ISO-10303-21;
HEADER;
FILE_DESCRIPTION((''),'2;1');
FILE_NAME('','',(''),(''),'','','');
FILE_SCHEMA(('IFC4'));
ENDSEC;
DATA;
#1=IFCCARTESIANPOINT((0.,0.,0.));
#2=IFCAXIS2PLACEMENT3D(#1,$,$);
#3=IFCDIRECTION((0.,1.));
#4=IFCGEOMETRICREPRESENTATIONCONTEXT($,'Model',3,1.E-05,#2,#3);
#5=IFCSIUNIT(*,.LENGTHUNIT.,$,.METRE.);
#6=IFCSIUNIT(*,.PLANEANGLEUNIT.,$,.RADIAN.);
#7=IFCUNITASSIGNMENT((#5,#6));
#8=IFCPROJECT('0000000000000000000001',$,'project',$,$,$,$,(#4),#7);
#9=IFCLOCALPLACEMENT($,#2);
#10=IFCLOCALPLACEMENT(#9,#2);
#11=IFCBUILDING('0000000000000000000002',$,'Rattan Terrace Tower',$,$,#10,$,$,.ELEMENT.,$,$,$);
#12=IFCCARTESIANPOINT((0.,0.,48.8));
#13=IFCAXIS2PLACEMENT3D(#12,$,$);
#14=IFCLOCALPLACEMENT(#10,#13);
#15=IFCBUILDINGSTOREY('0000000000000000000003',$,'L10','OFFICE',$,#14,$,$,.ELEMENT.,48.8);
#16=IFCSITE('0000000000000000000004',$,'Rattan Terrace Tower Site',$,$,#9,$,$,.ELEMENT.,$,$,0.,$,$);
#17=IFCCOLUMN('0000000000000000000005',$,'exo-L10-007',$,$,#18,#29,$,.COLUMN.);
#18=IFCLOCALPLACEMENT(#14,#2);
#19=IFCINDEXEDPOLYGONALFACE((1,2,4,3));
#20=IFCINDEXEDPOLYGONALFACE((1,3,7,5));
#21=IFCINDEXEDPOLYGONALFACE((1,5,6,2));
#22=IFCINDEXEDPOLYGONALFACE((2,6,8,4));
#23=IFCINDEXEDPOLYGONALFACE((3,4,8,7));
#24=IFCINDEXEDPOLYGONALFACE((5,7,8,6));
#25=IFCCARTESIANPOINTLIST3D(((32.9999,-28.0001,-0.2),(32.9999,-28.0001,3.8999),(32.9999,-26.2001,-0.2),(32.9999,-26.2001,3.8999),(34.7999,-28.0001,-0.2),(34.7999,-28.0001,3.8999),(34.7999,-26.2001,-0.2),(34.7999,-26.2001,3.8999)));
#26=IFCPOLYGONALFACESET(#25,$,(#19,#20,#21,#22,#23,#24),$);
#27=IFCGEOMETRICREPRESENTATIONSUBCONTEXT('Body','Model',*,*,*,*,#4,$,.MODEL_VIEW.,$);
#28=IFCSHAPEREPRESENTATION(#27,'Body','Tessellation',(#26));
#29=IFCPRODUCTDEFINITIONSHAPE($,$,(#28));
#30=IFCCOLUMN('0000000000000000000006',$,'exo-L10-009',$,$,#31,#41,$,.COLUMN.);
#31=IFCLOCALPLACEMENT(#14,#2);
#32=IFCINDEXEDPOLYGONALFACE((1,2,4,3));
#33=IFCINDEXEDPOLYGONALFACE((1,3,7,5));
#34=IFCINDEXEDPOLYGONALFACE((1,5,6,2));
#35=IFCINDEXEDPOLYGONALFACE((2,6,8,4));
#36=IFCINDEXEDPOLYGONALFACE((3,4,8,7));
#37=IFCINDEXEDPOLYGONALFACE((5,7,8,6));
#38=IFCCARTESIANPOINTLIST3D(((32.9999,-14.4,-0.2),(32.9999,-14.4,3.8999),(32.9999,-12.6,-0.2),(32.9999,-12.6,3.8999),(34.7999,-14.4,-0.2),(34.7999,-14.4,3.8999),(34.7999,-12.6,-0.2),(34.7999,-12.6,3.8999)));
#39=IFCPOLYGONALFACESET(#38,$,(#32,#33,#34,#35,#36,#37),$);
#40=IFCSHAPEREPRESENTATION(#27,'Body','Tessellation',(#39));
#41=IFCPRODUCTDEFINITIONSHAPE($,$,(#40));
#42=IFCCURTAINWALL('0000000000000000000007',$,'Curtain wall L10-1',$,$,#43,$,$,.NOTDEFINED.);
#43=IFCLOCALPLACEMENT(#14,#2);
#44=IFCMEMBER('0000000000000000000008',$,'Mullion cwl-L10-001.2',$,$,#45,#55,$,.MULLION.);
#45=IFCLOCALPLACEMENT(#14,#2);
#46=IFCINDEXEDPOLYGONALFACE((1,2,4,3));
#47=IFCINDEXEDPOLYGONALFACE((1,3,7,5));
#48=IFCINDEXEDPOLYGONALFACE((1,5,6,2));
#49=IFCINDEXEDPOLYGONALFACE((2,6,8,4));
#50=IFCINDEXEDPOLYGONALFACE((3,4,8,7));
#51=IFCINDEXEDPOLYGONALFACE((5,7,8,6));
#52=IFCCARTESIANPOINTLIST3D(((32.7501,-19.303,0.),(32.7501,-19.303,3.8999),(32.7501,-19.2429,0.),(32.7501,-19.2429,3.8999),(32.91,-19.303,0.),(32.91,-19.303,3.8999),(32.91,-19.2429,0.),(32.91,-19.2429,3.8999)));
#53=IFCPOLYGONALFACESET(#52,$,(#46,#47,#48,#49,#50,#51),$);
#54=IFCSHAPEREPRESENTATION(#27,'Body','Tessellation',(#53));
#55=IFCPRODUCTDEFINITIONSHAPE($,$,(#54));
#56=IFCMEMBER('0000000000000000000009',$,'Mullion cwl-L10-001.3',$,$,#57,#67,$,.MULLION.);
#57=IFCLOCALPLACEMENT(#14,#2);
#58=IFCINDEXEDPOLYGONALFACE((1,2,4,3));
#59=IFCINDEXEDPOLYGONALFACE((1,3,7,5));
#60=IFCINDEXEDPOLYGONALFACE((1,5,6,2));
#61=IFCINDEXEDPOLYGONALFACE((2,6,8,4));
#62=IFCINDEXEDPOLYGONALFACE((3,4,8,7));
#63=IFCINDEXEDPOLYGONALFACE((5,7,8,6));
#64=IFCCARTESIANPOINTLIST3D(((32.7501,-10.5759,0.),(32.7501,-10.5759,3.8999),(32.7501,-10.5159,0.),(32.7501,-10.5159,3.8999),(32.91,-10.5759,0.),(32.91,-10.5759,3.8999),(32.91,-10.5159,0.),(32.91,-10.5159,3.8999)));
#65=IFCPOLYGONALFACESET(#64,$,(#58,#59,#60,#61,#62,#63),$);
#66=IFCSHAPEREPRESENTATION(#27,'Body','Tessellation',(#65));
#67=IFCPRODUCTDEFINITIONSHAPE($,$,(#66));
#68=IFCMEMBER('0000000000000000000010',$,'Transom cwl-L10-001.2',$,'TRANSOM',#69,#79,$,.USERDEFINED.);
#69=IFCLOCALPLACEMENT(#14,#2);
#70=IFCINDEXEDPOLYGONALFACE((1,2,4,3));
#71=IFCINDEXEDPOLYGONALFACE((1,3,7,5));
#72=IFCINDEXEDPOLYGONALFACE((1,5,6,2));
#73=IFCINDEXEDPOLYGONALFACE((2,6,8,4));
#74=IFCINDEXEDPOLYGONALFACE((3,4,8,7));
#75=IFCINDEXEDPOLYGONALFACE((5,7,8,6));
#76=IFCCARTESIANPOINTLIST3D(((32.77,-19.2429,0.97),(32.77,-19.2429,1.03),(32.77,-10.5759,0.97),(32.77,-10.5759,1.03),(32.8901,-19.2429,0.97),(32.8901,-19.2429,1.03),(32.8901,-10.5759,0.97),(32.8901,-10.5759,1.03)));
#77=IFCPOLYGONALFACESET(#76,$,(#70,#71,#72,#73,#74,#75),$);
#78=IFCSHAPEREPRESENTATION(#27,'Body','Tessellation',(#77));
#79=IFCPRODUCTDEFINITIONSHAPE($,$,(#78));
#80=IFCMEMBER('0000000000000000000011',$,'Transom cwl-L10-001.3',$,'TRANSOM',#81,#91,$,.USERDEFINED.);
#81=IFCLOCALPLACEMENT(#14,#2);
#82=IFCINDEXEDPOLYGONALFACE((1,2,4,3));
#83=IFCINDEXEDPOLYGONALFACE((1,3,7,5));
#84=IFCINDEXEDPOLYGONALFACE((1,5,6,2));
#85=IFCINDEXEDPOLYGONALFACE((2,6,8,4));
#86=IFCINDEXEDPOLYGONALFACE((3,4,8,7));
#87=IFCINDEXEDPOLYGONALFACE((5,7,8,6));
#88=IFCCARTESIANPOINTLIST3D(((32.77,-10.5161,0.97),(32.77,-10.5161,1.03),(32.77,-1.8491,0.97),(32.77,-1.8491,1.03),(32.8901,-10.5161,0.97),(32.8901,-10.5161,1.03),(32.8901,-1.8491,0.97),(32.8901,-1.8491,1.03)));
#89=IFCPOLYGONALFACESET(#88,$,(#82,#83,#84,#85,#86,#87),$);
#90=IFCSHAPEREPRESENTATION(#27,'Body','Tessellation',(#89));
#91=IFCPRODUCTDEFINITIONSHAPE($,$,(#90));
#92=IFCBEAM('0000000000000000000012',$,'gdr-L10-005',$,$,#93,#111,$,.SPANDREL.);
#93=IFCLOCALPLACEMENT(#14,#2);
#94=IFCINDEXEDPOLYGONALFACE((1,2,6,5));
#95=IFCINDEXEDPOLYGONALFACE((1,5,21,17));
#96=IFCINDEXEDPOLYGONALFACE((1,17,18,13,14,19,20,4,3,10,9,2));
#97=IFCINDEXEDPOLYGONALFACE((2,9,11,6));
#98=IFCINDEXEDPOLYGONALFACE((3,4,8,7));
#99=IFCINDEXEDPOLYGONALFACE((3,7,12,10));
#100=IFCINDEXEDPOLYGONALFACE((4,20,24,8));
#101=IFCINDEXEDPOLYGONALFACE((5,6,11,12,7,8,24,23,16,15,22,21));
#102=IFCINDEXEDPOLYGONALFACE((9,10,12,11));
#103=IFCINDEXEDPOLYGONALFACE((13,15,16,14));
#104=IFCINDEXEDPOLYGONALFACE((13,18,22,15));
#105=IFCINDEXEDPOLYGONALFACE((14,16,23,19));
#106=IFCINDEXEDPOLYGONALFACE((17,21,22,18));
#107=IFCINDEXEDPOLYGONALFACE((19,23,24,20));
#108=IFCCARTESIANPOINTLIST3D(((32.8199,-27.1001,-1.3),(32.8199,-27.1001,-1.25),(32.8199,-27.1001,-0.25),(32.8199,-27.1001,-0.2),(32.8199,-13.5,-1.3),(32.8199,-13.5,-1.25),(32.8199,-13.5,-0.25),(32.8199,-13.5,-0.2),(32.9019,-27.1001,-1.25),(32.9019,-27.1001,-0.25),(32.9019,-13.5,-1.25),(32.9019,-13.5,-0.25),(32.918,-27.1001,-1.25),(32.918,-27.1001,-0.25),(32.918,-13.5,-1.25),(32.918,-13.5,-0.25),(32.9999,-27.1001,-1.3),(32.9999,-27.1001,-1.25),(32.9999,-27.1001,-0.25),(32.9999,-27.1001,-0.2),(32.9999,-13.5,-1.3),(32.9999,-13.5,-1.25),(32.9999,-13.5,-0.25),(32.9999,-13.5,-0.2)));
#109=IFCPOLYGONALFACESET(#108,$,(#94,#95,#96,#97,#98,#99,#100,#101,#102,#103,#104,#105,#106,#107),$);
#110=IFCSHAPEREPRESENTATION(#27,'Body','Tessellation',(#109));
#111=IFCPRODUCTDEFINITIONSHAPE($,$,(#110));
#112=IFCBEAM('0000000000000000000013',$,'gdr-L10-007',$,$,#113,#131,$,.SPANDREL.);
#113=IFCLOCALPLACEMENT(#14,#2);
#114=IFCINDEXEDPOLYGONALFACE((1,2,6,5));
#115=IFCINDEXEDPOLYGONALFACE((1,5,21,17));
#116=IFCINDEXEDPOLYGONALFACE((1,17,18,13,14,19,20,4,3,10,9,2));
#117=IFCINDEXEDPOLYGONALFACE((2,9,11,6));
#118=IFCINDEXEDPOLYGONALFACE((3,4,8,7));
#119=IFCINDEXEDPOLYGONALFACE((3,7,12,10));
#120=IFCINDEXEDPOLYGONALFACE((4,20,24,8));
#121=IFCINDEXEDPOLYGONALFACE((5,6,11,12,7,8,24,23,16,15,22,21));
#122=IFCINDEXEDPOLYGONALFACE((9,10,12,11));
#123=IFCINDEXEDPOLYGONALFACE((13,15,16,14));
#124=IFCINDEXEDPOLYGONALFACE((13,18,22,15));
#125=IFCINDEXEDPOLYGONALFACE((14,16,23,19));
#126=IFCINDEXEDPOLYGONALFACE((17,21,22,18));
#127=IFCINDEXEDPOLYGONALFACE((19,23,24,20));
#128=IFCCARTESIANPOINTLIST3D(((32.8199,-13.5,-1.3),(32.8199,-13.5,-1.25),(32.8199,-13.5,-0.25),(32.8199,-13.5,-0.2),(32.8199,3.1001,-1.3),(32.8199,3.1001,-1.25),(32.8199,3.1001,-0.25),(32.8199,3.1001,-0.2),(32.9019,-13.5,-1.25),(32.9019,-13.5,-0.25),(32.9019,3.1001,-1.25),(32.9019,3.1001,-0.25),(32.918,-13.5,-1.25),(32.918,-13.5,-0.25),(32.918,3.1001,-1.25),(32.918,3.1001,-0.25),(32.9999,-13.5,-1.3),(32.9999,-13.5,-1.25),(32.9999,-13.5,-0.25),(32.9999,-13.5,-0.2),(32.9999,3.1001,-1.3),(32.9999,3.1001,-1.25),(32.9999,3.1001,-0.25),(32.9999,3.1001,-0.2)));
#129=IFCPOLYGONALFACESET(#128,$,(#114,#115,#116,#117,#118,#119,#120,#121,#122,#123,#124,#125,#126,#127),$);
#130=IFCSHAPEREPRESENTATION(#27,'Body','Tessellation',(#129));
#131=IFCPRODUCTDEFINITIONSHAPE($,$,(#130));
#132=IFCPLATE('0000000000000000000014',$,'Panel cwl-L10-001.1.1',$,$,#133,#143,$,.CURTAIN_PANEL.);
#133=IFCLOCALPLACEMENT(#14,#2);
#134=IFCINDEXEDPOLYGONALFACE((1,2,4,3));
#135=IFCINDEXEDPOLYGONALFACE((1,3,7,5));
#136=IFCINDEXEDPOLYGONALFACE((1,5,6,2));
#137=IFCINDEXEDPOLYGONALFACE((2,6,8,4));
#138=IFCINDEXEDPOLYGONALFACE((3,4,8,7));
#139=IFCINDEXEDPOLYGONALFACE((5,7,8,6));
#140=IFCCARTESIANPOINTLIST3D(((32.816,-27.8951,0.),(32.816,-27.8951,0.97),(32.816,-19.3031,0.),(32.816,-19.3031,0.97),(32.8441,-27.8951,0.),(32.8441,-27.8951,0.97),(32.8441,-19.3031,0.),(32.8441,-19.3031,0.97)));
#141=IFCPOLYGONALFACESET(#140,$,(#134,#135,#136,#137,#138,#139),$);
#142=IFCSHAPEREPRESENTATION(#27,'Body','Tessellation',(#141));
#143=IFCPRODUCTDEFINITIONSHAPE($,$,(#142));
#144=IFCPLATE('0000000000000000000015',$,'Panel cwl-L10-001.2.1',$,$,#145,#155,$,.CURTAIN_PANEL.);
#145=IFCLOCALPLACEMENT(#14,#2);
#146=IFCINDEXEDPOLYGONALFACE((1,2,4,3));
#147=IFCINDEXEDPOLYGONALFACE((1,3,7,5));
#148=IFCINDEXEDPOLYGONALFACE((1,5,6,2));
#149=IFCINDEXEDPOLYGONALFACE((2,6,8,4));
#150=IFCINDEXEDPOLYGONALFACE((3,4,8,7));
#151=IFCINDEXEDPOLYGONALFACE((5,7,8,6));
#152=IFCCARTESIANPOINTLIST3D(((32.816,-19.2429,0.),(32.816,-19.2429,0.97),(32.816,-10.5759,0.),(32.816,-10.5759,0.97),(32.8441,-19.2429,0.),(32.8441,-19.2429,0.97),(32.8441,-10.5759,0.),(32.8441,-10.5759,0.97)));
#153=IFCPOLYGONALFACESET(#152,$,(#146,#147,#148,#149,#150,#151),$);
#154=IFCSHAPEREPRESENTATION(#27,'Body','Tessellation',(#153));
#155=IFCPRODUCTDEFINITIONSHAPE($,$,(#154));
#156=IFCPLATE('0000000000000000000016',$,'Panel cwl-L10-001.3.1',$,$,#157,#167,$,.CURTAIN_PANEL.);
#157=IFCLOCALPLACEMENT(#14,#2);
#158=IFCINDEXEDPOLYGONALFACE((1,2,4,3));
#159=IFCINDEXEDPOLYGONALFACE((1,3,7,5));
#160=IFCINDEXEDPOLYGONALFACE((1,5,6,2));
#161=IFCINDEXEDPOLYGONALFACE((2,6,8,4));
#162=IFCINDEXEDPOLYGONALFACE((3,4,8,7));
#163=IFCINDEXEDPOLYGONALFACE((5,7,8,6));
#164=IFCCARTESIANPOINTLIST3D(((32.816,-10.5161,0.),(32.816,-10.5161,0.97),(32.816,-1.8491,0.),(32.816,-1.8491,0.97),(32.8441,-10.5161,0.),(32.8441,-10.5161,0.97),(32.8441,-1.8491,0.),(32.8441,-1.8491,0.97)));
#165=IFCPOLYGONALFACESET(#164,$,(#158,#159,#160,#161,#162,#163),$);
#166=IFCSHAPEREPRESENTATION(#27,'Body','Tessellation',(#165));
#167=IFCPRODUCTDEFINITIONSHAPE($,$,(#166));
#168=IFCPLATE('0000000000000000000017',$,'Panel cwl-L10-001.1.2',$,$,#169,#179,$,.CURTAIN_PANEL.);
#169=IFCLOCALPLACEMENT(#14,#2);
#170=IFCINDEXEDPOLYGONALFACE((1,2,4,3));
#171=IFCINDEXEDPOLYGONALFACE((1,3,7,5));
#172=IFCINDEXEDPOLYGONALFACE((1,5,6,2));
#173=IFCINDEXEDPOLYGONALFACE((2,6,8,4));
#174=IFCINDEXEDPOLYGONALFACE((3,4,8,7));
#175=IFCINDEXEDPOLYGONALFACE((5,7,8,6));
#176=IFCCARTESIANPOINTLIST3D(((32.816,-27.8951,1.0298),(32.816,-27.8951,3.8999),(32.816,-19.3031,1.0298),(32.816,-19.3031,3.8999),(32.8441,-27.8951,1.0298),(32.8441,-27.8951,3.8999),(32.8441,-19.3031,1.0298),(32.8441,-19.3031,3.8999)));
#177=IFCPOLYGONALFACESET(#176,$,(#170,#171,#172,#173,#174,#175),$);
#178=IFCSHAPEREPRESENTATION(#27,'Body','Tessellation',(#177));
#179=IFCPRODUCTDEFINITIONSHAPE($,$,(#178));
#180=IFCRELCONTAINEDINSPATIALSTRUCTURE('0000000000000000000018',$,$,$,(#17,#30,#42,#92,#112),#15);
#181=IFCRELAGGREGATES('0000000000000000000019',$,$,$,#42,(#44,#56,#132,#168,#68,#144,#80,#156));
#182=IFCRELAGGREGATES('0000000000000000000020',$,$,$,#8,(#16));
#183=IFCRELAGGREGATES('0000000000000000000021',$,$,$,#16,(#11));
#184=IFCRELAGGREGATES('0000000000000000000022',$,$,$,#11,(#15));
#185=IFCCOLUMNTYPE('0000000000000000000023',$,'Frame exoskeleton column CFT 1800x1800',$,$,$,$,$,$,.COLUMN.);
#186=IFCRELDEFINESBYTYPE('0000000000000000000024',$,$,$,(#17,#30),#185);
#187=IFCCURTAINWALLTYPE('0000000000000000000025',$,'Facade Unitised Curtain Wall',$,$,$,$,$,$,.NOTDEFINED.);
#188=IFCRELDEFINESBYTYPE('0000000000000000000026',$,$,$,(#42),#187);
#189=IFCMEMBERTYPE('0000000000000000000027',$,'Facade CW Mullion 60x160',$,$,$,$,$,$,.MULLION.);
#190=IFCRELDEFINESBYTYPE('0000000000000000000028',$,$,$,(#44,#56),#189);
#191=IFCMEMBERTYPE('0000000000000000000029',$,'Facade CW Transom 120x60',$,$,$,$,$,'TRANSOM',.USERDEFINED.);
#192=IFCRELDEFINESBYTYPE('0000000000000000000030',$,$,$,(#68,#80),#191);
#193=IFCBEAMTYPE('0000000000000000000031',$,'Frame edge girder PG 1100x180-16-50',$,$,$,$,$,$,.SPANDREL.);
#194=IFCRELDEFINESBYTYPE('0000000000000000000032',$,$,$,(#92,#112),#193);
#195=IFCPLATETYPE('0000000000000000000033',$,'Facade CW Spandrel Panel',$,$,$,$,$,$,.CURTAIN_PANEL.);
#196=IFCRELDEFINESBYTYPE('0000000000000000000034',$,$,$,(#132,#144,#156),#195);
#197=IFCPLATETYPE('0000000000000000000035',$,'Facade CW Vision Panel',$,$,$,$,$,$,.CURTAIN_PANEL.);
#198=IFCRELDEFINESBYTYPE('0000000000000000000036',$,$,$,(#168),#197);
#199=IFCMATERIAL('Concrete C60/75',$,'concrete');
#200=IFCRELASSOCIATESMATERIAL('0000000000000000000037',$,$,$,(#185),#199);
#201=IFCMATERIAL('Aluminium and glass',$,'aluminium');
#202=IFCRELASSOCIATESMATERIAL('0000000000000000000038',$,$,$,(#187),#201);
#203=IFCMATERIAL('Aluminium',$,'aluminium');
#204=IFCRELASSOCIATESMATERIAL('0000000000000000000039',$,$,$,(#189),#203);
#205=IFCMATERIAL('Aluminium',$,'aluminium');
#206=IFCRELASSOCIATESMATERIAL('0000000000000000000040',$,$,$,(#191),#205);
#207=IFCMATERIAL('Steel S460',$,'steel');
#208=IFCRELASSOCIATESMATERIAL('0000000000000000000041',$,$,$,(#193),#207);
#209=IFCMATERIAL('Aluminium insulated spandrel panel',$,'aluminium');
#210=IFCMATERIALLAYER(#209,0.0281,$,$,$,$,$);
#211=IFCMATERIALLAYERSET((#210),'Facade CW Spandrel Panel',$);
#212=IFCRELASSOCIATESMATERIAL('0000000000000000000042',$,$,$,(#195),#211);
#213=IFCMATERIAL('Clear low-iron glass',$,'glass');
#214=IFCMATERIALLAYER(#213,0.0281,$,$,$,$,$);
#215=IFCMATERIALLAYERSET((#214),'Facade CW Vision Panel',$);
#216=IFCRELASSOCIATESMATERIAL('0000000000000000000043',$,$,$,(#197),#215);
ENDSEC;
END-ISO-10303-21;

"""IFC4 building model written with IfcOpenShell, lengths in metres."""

from ifc_helpers import new_model, si_unit, direction, frame, origin, origin_2d, place, context, subcontext, project, spatial, rectangle, i_section, extrude, material, layer, layer_set, material_profile, profile_set, type_object, element, aggregate, save


model = new_model("IFC4")

# Units and contexts
model_context = context("Model", 3, precision=1e-05, world=origin(), true_north=direction((0.0, 1.0)))
body_context = subcontext(model_context, "Body", "Model", "MODEL_VIEW")
ifc_project = project(units=[si_unit("LENGTHUNIT", "METRE"), si_unit("PLANEANGLEUNIT", "RADIAN")], contexts=[model_context])

# Site, building, storey
site_placement = place(None, origin())
site = spatial("IfcSite", under=ifc_project, at=site_placement, Name="Rattan Terrace Tower Site", CompositionType="ELEMENT", RefElevation=0.0)
building_placement = place(site_placement, origin())
building = spatial("IfcBuilding", under=site, at=building_placement, Name="Rattan Terrace Tower", CompositionType="ELEMENT")
storey_placement = place(building_placement, frame((0.0, 0.0, 48.8)))
storey = spatial("IfcBuildingStorey", under=building, at=storey_placement, Name="L10", Description="OFFICE", CompositionType="ELEMENT", Elevation=48.8)

# Columns
ifc_material_1 = material(Name="Concrete C60/75", Category="concrete")
ifc_material_profile_1 = material_profile(ifc_material_1, rectangle(XDim=1.8, YDim=1.8, at=origin_2d()), Name="CFT 1800x1800")
ifc_profile_set_1 = profile_set([ifc_material_profile_1], Name="Concrete C60/75")
column_type = type_object("IfcColumnType", Name="Frame exoskeleton column CFT 1800x1800", PredefinedType="COLUMN", material=ifc_profile_set_1)
for number, where, z_axis, x_axis, name in (
    (1, (33.8999, -27.1001, -0.2), (0.0, 0.0, 1.0), (0.0, 1.0, 0.0), "exo-L10-007"),
    (2, (33.8999, -13.5, -0.2), (0.0, 0.0, 1.0), (0.0, 1.0, 0.0), "exo-L10-009"),
):
    element("IfcColumn", number, at=place(storey_placement, frame(where, z_axis=z_axis, x_axis=x_axis)), inside=storey, type_object=column_type, Name=name, PredefinedType="COLUMN", context=body_context, shape_type="SweptSolid", body=[
        extrude(rectangle(XDim=1.8, YDim=1.8, at=origin_2d()), origin(), (0.0, 0.0, 1.0), 4.0999),
    ])

# Curtain wall, members
ifc_material_2 = material(Name="Aluminium and glass", Category="aluminium")
curtain_wall_type = type_object("IfcCurtainWallType", Name="Facade Unitised Curtain Wall", PredefinedType="NOTDEFINED", material=ifc_material_2)
curtain_wall_placement = place(storey_placement, origin())
curtain_wall = element("IfcCurtainWall", 3, at=curtain_wall_placement, inside=storey, type_object=curtain_wall_type, Name="Curtain wall L10-1", PredefinedType="NOTDEFINED")
ifc_material_3 = material(Name="Aluminium", Category="aluminium")
ifc_material_profile_2 = material_profile(ifc_material_3, rectangle(XDim=0.0601, YDim=0.1599, at=origin_2d()), Name="Aluminium 60x160")
ifc_profile_set_2 = profile_set([ifc_material_profile_2], Name="Aluminium")
member_type_1 = type_object("IfcMemberType", Name="Facade CW Mullion 60x160", PredefinedType="MULLION", material=ifc_profile_set_2)
member_1_placement = place(storey_placement, frame((32.8301, -19.2729, 0.0), z_axis=(0.0, 0.0, 1.0), x_axis=(0.0, 1.0, 0.0)))
member_1 = element("IfcMember", 4, at=member_1_placement, type_object=member_type_1, Name="Mullion cwl-L10-001.2", PredefinedType="MULLION", context=body_context, shape_type="SweptSolid", body=[
    extrude(rectangle(XDim=0.0601, YDim=0.1599, at=origin_2d()), origin(), (0.0, 0.0, 1.0), 3.8999),
])
member_2_placement = place(storey_placement, frame((32.8301, -10.5459, 0.0), z_axis=(0.0, 0.0, 1.0), x_axis=(0.0, 1.0, 0.0)))
member_2 = element("IfcMember", 5, at=member_2_placement, type_object=member_type_1, Name="Mullion cwl-L10-001.3", PredefinedType="MULLION", context=body_context, shape_type="SweptSolid", body=[
    extrude(rectangle(XDim=0.0601, YDim=0.1599, at=origin_2d()), origin(), (0.0, 0.0, 1.0), 3.8999),
])
ifc_material_4 = material(Name="Aluminium", Category="aluminium")
ifc_material_profile_3 = material_profile(ifc_material_4, rectangle(XDim=0.1201, YDim=0.0601, at=origin_2d()), Name="Aluminium 120x60")
ifc_profile_set_3 = profile_set([ifc_material_profile_3], Name="Aluminium")
member_type_2 = type_object("IfcMemberType", Name="Facade CW Transom 120x60", ElementType="TRANSOM", PredefinedType="USERDEFINED", material=ifc_profile_set_3)
member_3_placement = place(storey_placement, frame((32.8301, -19.2429, 1.0), z_axis=(0.0, 1.0, 0.0), x_axis=(-1.0, 0.0, 0.0)))
member_3 = element("IfcMember", 6, at=member_3_placement, type_object=member_type_2, Name="Transom cwl-L10-001.2", ObjectType="TRANSOM", PredefinedType="USERDEFINED", context=body_context, shape_type="SweptSolid", body=[
    extrude(rectangle(XDim=0.1201, YDim=0.0601, at=origin_2d()), origin(), (0.0, 0.0, 1.0), 8.667),
])
member_4_placement = place(storey_placement, frame((32.8301, -10.5161, 1.0), z_axis=(0.0, 1.0, 0.0), x_axis=(-1.0, 0.0, 0.0)))
member_4 = element("IfcMember", 7, at=member_4_placement, type_object=member_type_2, Name="Transom cwl-L10-001.3", ObjectType="TRANSOM", PredefinedType="USERDEFINED", context=body_context, shape_type="SweptSolid", body=[
    extrude(rectangle(XDim=0.1201, YDim=0.0601, at=origin_2d()), origin(), (0.0, 0.0, 1.0), 8.667),
])

# Beams
ifc_material_5 = material(Name="Steel S460", Category="steel")
ifc_material_profile_4 = material_profile(ifc_material_5, i_section(OverallWidth=0.1799, OverallDepth=1.1001, WebThickness=0.0161, FlangeThickness=0.05, at=origin_2d()), Name="PG 1100x180-16-50")
ifc_profile_set_4 = profile_set([ifc_material_profile_4], Name="Steel S460")
beam_type = type_object("IfcBeamType", Name="Frame edge girder PG 1100x180-16-50", PredefinedType="SPANDREL", material=ifc_profile_set_4)
beam_1_placement = place(storey_placement, frame((32.9099, -27.1001, -0.75), z_axis=(0.0, 1.0, 0.0), x_axis=(-1.0, 0.0, 0.0)))
element("IfcBeam", 8, at=beam_1_placement, inside=storey, type_object=beam_type, Name="gdr-L10-005", PredefinedType="SPANDREL", context=body_context, shape_type="SweptSolid", body=[
    extrude(i_section(OverallWidth=0.1799, OverallDepth=1.1001, WebThickness=0.0161, FlangeThickness=0.05, at=origin_2d()), origin(), (0.0, 0.0, 1.0), 13.6001),
])
beam_2_placement = place(storey_placement, frame((32.9099, -13.5, -0.75), z_axis=(0.0, 1.0, 0.0), x_axis=(-1.0, 0.0, 0.0)))
element("IfcBeam", 9, at=beam_2_placement, inside=storey, type_object=beam_type, Name="gdr-L10-007", PredefinedType="SPANDREL", context=body_context, shape_type="SweptSolid", body=[
    extrude(i_section(OverallWidth=0.1799, OverallDepth=1.1001, WebThickness=0.0161, FlangeThickness=0.05, at=origin_2d()), origin(), (0.0, 0.0, 1.0), 16.6001),
])

# Plates
ifc_material_6 = material(Name="Aluminium insulated spandrel panel", Category="aluminium")
ifc_layer_1 = layer(ifc_material_6, 0.0281)
ifc_layer_set_1 = layer_set([ifc_layer_1], Name="Facade CW Spandrel Panel")
plate_type_1 = type_object("IfcPlateType", Name="Facade CW Spandrel Panel", PredefinedType="CURTAIN_PANEL", material=ifc_layer_set_1)
plate_1_placement = place(storey_placement, frame((32.8301, -23.5991, 0.0), z_axis=(0.0, 0.0, 1.0), x_axis=(0.0, 1.0, 0.0)))
plate_1 = element("IfcPlate", 10, at=plate_1_placement, type_object=plate_type_1, Name="Panel cwl-L10-001.1.1", PredefinedType="CURTAIN_PANEL", context=body_context, shape_type="SweptSolid", body=[
    extrude(rectangle(XDim=8.592, YDim=0.0281, at=origin_2d()), origin(), (0.0, 0.0, 1.0), 0.97),
])
plate_2_placement = place(storey_placement, frame((32.8301, -14.9094, 0.0), z_axis=(0.0, 0.0, 1.0), x_axis=(0.0, 1.0, 0.0)))
plate_2 = element("IfcPlate", 11, at=plate_2_placement, type_object=plate_type_1, Name="Panel cwl-L10-001.2.1", PredefinedType="CURTAIN_PANEL", context=body_context, shape_type="SweptSolid", body=[
    extrude(rectangle(XDim=8.667, YDim=0.0281, at=origin_2d()), origin(), (0.0, 0.0, 1.0), 0.97),
])
plate_3_placement = place(storey_placement, frame((32.8301, -6.1826, 0.0), z_axis=(0.0, 0.0, 1.0), x_axis=(0.0, 1.0, 0.0)))
plate_3 = element("IfcPlate", 12, at=plate_3_placement, type_object=plate_type_1, Name="Panel cwl-L10-001.3.1", PredefinedType="CURTAIN_PANEL", context=body_context, shape_type="SweptSolid", body=[
    extrude(rectangle(XDim=8.667, YDim=0.0281, at=origin_2d()), origin(), (0.0, 0.0, 1.0), 0.97),
])
ifc_material_7 = material(Name="Clear low-iron glass", Category="glass")
ifc_layer_2 = layer(ifc_material_7, 0.0281)
ifc_layer_set_2 = layer_set([ifc_layer_2], Name="Facade CW Vision Panel")
plate_type_2 = type_object("IfcPlateType", Name="Facade CW Vision Panel", PredefinedType="CURTAIN_PANEL", material=ifc_layer_set_2)
plate_4_placement = place(storey_placement, frame((32.8301, -23.5991, 1.0298), z_axis=(0.0, 0.0, 1.0), x_axis=(0.0, 1.0, 0.0)))
plate_4 = element("IfcPlate", 13, at=plate_4_placement, type_object=plate_type_2, Name="Panel cwl-L10-001.1.2", PredefinedType="CURTAIN_PANEL", context=body_context, shape_type="SweptSolid", body=[
    extrude(rectangle(XDim=8.592, YDim=0.0281, at=origin_2d()), origin(), (0.0, 0.0, 1.0), 2.8701),
])
aggregate(curtain_wall, [member_1, member_2, plate_1, plate_4, member_3, plate_2, member_4, plate_3])

save(model, "model.ifc")
